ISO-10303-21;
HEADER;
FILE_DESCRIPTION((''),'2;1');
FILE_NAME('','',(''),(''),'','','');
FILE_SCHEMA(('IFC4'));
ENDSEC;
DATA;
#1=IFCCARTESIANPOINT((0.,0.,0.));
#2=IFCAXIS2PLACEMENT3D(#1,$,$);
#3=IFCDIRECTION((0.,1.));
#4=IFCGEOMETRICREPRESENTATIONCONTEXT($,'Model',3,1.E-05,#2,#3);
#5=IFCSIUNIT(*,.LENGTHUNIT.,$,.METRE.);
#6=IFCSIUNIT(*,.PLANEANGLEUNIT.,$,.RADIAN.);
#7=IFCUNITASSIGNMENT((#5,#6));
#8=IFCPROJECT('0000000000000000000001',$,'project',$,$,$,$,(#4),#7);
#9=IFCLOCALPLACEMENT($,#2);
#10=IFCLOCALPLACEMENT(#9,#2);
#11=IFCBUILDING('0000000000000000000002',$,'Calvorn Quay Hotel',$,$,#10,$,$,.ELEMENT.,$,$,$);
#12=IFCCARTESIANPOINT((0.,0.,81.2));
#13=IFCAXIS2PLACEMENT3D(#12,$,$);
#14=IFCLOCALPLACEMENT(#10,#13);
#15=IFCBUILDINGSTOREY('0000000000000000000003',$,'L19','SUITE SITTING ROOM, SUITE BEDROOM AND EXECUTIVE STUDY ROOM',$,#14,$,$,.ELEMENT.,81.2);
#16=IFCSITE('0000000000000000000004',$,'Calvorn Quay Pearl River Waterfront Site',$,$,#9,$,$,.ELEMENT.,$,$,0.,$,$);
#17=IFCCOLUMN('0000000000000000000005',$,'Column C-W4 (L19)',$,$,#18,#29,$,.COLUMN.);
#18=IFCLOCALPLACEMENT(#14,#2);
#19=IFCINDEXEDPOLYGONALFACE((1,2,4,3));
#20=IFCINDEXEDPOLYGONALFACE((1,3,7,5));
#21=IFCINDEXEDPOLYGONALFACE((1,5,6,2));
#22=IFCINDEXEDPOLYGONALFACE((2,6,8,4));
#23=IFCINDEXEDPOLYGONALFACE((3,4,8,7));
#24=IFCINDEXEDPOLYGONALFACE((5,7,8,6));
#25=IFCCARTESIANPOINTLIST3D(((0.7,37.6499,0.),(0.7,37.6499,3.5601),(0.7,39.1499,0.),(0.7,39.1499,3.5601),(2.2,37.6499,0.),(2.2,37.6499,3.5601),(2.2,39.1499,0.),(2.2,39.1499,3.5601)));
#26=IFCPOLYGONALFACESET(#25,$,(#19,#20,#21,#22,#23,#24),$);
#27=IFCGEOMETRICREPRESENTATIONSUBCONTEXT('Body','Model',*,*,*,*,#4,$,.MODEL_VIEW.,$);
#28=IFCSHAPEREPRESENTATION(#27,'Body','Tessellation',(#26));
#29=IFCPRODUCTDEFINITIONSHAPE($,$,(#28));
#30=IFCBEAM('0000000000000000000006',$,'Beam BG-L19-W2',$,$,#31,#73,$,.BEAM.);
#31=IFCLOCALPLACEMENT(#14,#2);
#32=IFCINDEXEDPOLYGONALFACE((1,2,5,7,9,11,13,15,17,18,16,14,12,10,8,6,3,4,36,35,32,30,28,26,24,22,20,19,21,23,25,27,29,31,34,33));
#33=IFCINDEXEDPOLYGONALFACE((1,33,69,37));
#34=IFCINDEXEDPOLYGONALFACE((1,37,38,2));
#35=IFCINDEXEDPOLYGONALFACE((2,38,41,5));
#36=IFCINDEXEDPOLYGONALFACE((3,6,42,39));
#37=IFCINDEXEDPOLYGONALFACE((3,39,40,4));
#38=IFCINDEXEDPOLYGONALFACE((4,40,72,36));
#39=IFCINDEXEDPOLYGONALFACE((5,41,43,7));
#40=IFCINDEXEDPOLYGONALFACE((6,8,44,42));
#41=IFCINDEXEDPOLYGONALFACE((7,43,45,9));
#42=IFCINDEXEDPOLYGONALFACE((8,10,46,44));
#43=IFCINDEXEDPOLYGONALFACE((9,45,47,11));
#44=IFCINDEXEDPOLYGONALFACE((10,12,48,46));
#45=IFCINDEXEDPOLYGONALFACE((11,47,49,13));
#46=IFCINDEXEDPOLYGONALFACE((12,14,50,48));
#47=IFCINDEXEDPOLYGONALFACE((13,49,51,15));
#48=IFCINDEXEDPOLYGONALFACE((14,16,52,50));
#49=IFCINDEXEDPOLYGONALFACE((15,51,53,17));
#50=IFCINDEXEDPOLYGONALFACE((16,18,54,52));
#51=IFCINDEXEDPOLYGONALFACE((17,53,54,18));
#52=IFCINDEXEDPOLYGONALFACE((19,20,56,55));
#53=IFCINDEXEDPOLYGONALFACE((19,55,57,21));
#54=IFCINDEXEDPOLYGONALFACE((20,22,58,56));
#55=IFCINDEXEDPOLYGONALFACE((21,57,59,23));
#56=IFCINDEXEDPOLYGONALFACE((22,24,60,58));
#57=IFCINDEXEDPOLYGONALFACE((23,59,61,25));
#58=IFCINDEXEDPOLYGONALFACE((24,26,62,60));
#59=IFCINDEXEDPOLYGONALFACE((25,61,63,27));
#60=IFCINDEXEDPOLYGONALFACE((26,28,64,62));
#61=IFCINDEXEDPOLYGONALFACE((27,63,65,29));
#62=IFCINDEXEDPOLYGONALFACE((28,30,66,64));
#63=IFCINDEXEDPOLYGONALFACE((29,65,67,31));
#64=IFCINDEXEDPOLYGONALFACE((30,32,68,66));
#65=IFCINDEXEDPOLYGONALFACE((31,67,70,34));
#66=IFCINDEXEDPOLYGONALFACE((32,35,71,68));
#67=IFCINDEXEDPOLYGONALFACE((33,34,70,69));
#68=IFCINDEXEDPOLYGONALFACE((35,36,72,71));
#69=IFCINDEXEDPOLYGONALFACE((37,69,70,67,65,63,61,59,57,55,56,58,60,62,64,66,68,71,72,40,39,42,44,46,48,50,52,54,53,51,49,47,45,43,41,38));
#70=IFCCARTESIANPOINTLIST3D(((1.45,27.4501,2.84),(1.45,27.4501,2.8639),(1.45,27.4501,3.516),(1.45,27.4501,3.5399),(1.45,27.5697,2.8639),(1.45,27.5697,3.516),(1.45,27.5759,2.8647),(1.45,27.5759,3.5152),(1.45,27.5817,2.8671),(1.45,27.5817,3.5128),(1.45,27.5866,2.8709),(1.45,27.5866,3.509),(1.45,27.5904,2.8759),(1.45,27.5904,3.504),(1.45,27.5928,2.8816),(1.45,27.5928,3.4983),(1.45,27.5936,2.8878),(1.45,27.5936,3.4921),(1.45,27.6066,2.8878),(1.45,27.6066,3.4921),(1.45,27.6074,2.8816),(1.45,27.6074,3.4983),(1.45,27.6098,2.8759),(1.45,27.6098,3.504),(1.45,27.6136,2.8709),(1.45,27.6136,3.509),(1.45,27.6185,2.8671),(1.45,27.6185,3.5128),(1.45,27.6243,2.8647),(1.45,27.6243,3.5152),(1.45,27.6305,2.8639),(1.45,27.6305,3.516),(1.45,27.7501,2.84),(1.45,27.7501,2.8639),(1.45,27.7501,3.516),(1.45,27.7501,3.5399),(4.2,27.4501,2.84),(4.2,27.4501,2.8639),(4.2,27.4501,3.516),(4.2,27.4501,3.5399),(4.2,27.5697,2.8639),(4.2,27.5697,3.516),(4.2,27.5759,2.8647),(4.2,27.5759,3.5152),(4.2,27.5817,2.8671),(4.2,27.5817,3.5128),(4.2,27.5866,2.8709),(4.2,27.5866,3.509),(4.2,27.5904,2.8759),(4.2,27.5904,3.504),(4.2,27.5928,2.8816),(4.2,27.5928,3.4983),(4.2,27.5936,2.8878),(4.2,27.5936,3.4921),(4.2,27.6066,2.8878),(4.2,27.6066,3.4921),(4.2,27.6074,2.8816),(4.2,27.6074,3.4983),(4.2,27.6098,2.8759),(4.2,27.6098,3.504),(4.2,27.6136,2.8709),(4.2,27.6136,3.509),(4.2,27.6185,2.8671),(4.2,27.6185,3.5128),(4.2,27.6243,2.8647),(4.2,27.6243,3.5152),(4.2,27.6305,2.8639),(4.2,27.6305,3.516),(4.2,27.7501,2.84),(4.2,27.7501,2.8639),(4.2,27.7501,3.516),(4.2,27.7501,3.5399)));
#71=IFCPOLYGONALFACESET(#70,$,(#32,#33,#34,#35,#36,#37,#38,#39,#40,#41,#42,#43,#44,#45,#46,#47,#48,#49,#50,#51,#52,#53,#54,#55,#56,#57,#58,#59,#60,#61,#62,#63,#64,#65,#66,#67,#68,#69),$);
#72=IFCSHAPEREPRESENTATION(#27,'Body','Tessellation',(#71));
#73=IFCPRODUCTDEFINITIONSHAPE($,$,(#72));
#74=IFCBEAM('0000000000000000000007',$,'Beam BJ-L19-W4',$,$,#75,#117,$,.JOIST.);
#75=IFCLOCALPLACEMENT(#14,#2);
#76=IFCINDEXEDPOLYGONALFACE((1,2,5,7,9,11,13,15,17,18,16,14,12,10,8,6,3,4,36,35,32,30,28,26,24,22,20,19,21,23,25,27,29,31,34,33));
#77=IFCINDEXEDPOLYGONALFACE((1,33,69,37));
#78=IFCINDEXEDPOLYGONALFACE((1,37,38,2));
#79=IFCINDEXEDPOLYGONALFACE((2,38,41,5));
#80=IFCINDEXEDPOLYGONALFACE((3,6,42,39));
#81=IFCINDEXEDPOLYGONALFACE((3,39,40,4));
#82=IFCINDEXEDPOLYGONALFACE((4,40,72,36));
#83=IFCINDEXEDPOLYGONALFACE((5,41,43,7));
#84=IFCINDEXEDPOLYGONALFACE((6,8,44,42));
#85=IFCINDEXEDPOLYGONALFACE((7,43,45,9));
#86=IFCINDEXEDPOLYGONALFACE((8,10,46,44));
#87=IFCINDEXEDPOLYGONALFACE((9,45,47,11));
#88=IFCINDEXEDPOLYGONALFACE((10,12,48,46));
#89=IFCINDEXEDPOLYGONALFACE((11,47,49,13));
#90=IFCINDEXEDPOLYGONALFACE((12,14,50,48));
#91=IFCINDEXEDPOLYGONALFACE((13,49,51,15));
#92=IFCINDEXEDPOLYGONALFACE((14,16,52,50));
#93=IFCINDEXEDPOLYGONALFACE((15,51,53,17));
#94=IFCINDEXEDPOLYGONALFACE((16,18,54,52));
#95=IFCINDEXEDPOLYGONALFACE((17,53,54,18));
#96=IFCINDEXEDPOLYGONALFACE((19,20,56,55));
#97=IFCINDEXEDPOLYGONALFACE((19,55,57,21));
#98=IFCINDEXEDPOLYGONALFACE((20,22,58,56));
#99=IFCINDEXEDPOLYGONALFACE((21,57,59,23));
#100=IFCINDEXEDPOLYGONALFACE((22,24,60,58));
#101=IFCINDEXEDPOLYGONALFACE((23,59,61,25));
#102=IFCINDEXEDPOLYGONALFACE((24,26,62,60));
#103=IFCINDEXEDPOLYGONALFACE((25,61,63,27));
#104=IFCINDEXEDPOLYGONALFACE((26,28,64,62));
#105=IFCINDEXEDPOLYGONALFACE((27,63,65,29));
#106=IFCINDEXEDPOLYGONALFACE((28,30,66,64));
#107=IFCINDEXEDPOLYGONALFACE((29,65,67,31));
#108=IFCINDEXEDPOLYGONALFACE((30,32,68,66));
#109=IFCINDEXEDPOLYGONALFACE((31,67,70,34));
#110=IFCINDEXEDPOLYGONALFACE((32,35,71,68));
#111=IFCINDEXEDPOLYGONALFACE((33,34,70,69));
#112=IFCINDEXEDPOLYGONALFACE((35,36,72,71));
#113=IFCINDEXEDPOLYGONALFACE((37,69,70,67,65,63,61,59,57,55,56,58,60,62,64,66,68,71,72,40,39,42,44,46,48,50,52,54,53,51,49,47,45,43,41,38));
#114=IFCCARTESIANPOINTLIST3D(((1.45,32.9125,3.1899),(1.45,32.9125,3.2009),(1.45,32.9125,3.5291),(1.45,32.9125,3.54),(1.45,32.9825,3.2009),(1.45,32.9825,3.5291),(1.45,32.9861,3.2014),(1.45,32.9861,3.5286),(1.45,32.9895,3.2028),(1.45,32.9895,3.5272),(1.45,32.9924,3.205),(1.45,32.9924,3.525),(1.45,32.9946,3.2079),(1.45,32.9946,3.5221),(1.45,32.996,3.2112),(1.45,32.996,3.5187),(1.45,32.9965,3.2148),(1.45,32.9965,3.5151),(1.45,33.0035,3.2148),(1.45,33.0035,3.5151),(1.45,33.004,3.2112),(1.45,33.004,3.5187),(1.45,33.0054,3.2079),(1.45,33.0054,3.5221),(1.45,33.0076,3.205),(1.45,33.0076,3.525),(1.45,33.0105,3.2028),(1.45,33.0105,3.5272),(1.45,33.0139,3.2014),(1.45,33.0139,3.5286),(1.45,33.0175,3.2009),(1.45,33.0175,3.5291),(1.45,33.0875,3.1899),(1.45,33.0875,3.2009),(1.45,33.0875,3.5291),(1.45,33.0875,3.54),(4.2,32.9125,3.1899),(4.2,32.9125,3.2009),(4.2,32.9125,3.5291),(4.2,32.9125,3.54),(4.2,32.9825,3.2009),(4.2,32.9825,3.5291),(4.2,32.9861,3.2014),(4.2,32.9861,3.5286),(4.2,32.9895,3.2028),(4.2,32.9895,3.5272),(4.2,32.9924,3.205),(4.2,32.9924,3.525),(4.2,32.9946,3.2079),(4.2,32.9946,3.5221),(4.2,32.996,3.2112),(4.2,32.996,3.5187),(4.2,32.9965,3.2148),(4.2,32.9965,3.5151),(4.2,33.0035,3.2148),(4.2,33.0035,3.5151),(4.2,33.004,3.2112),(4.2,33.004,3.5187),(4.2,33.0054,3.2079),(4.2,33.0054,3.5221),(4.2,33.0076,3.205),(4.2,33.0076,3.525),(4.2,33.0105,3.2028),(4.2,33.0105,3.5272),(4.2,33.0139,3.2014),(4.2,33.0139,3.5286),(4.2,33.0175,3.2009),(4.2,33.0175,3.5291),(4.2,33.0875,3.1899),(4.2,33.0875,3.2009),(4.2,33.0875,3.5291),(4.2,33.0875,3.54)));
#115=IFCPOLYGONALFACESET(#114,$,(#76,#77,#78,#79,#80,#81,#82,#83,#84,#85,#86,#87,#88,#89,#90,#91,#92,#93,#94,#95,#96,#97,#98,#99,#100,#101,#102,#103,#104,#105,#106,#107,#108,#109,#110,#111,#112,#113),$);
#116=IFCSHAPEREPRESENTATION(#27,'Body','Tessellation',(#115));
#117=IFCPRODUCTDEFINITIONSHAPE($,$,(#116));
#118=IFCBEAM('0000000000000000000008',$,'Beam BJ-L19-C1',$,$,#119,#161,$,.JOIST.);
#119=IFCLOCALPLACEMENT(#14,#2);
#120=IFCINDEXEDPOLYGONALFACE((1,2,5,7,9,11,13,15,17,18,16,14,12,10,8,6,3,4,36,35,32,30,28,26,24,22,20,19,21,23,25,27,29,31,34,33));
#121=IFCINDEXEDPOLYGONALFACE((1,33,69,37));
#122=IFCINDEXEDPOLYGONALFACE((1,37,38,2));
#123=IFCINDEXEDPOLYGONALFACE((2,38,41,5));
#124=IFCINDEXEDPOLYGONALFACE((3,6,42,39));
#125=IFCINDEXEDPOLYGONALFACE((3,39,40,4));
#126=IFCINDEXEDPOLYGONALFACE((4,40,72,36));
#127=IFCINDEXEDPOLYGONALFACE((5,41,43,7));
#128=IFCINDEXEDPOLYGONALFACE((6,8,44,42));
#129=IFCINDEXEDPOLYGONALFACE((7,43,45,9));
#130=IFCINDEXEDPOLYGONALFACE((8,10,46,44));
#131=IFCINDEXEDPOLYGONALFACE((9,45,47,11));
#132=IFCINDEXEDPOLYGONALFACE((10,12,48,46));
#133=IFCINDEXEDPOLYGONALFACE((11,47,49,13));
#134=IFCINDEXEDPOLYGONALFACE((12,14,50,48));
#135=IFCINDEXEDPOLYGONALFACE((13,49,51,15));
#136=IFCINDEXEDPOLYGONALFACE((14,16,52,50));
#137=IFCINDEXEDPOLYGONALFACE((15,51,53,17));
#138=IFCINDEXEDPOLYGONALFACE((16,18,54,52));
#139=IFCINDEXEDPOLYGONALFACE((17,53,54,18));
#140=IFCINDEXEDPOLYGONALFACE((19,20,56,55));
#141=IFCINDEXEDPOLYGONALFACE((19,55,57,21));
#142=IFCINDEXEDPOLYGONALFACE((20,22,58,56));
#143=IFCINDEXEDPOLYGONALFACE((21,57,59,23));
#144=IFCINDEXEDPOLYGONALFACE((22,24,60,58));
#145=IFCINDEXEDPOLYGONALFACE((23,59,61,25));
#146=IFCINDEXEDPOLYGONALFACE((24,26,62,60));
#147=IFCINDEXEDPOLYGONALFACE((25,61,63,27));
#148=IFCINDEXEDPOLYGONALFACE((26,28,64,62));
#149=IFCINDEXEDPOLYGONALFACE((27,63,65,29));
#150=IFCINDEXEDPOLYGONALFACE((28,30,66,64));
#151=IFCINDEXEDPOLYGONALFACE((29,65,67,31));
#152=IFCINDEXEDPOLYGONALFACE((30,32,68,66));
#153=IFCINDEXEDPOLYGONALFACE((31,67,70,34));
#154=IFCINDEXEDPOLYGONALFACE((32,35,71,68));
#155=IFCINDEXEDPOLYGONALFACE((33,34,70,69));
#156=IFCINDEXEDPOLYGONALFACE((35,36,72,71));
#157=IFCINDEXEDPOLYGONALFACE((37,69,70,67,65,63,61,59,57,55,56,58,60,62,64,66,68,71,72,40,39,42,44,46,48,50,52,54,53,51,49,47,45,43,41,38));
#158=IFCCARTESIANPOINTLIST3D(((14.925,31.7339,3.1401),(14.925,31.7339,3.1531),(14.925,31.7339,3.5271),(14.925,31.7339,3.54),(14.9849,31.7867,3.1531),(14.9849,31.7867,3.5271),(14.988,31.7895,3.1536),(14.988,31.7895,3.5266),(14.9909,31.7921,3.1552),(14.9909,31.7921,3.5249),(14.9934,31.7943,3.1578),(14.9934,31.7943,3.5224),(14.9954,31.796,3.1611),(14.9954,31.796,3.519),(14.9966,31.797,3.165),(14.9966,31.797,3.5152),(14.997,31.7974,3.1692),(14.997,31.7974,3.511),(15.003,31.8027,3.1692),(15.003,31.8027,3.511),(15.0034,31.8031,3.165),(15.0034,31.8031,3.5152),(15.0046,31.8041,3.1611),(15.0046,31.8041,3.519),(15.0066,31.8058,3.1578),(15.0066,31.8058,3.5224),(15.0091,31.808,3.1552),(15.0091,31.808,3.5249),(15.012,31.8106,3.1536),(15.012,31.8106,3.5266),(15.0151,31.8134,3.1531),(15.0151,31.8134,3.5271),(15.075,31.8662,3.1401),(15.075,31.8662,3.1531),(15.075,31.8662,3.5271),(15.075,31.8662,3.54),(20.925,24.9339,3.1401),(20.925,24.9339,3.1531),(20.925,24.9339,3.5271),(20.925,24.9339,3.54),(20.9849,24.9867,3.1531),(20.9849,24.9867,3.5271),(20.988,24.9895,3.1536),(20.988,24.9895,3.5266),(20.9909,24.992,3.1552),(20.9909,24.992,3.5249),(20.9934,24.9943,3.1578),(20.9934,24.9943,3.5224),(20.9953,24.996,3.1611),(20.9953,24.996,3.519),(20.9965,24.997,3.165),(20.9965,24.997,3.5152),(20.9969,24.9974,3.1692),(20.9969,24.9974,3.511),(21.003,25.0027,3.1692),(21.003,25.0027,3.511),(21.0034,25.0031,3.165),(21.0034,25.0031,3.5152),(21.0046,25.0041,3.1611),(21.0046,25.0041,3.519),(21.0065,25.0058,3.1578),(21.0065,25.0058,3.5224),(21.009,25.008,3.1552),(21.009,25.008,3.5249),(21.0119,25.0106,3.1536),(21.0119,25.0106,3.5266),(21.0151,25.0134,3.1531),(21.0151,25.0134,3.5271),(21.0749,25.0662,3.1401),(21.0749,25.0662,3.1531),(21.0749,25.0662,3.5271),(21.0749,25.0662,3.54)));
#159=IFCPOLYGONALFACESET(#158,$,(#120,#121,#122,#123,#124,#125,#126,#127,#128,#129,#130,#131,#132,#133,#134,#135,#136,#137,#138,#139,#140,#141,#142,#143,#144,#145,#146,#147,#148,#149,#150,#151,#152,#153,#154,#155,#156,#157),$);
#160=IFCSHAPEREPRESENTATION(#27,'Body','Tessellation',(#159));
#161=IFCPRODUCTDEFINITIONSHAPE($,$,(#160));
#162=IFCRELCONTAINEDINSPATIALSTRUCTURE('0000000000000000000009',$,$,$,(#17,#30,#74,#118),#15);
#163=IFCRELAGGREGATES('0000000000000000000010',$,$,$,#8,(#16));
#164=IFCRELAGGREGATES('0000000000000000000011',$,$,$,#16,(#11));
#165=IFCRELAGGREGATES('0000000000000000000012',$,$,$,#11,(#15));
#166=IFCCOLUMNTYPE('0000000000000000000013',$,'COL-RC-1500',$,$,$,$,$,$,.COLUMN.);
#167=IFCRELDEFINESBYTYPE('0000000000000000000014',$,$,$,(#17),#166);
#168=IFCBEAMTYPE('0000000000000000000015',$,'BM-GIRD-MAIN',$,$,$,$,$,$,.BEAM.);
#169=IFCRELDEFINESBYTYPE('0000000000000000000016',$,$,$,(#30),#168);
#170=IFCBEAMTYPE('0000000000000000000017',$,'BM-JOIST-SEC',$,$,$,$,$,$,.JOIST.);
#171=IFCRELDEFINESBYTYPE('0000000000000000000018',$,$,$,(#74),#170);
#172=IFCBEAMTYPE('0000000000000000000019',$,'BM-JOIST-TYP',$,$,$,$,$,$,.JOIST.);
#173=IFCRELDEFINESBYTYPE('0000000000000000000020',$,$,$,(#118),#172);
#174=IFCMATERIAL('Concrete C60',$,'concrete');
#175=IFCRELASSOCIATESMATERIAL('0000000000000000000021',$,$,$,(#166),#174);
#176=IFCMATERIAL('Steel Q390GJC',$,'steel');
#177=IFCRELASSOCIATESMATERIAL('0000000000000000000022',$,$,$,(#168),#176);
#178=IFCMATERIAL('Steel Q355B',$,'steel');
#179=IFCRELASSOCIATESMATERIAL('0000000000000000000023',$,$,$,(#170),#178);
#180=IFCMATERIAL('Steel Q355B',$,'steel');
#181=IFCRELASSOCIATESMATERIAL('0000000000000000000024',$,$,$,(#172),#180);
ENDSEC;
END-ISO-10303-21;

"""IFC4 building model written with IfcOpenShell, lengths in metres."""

from ifc_helpers import new_model, si_unit, direction, frame, origin, origin_2d, place, context, subcontext, project, spatial, rectangle, i_section, extrude, material, material_profile, profile_set, type_object, element, save


model = new_model("IFC4")

# Units and contexts
model_context = context("Model", 3, precision=1e-05, world=origin(), true_north=direction((0.0, 1.0)))
body_context = subcontext(model_context, "Body", "Model", "MODEL_VIEW")
ifc_project = project(units=[si_unit("LENGTHUNIT", "METRE"), si_unit("PLANEANGLEUNIT", "RADIAN")], contexts=[model_context])

# Site, building, storey
site_placement = place(None, origin())
site = spatial("IfcSite", under=ifc_project, at=site_placement, Name="Calvorn Quay Pearl River Waterfront Site", CompositionType="ELEMENT", RefElevation=0.0)
building_placement = place(site_placement, origin())
building = spatial("IfcBuilding", under=site, at=building_placement, Name="Calvorn Quay Hotel", CompositionType="ELEMENT")
storey_placement = place(building_placement, frame((0.0, 0.0, 81.2)))
storey = spatial("IfcBuildingStorey", under=building, at=storey_placement, Name="L19", Description="SUITE SITTING ROOM, SUITE BEDROOM AND EXECUTIVE STUDY ROOM", CompositionType="ELEMENT", Elevation=81.2)

# Column
ifc_material_1 = material(Name="Concrete C60", Category="concrete")
ifc_material_profile_1 = material_profile(ifc_material_1, rectangle(XDim=1.5, YDim=1.5, at=origin_2d()), Name="RC1500x1500")
ifc_profile_set_1 = profile_set([ifc_material_profile_1], Name="Concrete C60")
column_type = type_object("IfcColumnType", Name="COL-RC-1500", PredefinedType="COLUMN", material=ifc_profile_set_1)
column_placement = place(storey_placement, frame((1.45, 38.3999, 0.0), z_axis=(0.0, 0.0, 1.0), x_axis=(1.0, 0.0, 0.0)))
element("IfcColumn", 1, at=column_placement, inside=storey, type_object=column_type, Name="Column C-W4 (L19)", PredefinedType="COLUMN", context=body_context, shape_type="SweptSolid", body=[
    extrude(rectangle(XDim=1.5, YDim=1.5, at=origin_2d()), origin(), (0.0, 0.0, 1.0), 3.5601),
])

# Beams
ifc_material_2 = material(Name="Steel Q390GJC", Category="steel")
ifc_material_profile_2 = material_profile(ifc_material_2, i_section(OverallWidth=0.3, OverallDepth=0.7, WebThickness=0.0129, FlangeThickness=0.0239, FilletRadius=0.0239, at=origin_2d()), Name="HN700x300x13x24")
ifc_profile_set_2 = profile_set([ifc_material_profile_2], Name="Steel Q390GJC")
beam_type_1 = type_object("IfcBeamType", Name="BM-GIRD-MAIN", PredefinedType="BEAM", material=ifc_profile_set_2)
beam_1_placement = place(storey_placement, frame((1.45, 27.6001, 3.1899), z_axis=(1.0, 0.0, 0.0), x_axis=(0.0, 1.0, 0.0)))
element("IfcBeam", 2, at=beam_1_placement, inside=storey, type_object=beam_type_1, Name="Beam BG-L19-W2", PredefinedType="BEAM", context=body_context, shape_type="SweptSolid", body=[
    extrude(i_section(OverallWidth=0.3, OverallDepth=0.7, WebThickness=0.0129, FlangeThickness=0.0239, FilletRadius=0.0239, at=origin_2d()), origin(), (0.0, 0.0, 1.0), 2.75),
])
ifc_material_3 = material(Name="Steel Q355B", Category="steel")
ifc_material_profile_3 = material_profile(ifc_material_3, i_section(OverallWidth=0.175, OverallDepth=0.3501, WebThickness=0.0071, FlangeThickness=0.011, FilletRadius=0.0139, at=origin_2d()), Name="HN350x175x7x11")
ifc_profile_set_3 = profile_set([ifc_material_profile_3], Name="Steel Q355B")
beam_type_2 = type_object("IfcBeamType", Name="BM-JOIST-SEC", PredefinedType="JOIST", material=ifc_profile_set_3)
beam_2_placement = place(storey_placement, frame((1.45, 33.0, 3.365), z_axis=(1.0, 0.0, 0.0), x_axis=(0.0, 1.0, 0.0)))
element("IfcBeam", 3, at=beam_2_placement, inside=storey, type_object=beam_type_2, Name="Beam BJ-L19-W4", PredefinedType="JOIST", context=body_context, shape_type="SweptSolid", body=[
    extrude(i_section(OverallWidth=0.175, OverallDepth=0.3501, WebThickness=0.0071, FlangeThickness=0.011, FilletRadius=0.0139, at=origin_2d()), origin(), (0.0, 0.0, 1.0), 2.75),
])
ifc_material_4 = material(Name="Steel Q355B", Category="steel")
ifc_material_profile_4 = material_profile(ifc_material_4, i_section(OverallWidth=0.2, OverallDepth=0.3999, WebThickness=0.0081, FlangeThickness=0.0129, FilletRadius=0.0161, at=origin_2d()), Name="HN400x200x8x13")
ifc_profile_set_4 = profile_set([ifc_material_profile_4], Name="Steel Q355B")
beam_type_3 = type_object("IfcBeamType", Name="BM-JOIST-TYP", PredefinedType="JOIST", material=ifc_profile_set_4)
beam_3_placement = place(storey_placement, frame((15.0, 31.8, 3.3401), z_axis=(0.661619, -0.74984, 0.0), x_axis=(0.74984, 0.661619, 0.0)))
element("IfcBeam", 4, at=beam_3_placement, inside=storey, type_object=beam_type_3, Name="Beam BJ-L19-C1", PredefinedType="JOIST", context=body_context, shape_type="SweptSolid", body=[
    extrude(i_section(OverallWidth=0.2, OverallDepth=0.3999, WebThickness=0.0081, FlangeThickness=0.0129, FilletRadius=0.0161, at=origin_2d()), origin(), (0.0, 0.0, 1.0), 9.0686),
])

save(model, "model.ifc")
